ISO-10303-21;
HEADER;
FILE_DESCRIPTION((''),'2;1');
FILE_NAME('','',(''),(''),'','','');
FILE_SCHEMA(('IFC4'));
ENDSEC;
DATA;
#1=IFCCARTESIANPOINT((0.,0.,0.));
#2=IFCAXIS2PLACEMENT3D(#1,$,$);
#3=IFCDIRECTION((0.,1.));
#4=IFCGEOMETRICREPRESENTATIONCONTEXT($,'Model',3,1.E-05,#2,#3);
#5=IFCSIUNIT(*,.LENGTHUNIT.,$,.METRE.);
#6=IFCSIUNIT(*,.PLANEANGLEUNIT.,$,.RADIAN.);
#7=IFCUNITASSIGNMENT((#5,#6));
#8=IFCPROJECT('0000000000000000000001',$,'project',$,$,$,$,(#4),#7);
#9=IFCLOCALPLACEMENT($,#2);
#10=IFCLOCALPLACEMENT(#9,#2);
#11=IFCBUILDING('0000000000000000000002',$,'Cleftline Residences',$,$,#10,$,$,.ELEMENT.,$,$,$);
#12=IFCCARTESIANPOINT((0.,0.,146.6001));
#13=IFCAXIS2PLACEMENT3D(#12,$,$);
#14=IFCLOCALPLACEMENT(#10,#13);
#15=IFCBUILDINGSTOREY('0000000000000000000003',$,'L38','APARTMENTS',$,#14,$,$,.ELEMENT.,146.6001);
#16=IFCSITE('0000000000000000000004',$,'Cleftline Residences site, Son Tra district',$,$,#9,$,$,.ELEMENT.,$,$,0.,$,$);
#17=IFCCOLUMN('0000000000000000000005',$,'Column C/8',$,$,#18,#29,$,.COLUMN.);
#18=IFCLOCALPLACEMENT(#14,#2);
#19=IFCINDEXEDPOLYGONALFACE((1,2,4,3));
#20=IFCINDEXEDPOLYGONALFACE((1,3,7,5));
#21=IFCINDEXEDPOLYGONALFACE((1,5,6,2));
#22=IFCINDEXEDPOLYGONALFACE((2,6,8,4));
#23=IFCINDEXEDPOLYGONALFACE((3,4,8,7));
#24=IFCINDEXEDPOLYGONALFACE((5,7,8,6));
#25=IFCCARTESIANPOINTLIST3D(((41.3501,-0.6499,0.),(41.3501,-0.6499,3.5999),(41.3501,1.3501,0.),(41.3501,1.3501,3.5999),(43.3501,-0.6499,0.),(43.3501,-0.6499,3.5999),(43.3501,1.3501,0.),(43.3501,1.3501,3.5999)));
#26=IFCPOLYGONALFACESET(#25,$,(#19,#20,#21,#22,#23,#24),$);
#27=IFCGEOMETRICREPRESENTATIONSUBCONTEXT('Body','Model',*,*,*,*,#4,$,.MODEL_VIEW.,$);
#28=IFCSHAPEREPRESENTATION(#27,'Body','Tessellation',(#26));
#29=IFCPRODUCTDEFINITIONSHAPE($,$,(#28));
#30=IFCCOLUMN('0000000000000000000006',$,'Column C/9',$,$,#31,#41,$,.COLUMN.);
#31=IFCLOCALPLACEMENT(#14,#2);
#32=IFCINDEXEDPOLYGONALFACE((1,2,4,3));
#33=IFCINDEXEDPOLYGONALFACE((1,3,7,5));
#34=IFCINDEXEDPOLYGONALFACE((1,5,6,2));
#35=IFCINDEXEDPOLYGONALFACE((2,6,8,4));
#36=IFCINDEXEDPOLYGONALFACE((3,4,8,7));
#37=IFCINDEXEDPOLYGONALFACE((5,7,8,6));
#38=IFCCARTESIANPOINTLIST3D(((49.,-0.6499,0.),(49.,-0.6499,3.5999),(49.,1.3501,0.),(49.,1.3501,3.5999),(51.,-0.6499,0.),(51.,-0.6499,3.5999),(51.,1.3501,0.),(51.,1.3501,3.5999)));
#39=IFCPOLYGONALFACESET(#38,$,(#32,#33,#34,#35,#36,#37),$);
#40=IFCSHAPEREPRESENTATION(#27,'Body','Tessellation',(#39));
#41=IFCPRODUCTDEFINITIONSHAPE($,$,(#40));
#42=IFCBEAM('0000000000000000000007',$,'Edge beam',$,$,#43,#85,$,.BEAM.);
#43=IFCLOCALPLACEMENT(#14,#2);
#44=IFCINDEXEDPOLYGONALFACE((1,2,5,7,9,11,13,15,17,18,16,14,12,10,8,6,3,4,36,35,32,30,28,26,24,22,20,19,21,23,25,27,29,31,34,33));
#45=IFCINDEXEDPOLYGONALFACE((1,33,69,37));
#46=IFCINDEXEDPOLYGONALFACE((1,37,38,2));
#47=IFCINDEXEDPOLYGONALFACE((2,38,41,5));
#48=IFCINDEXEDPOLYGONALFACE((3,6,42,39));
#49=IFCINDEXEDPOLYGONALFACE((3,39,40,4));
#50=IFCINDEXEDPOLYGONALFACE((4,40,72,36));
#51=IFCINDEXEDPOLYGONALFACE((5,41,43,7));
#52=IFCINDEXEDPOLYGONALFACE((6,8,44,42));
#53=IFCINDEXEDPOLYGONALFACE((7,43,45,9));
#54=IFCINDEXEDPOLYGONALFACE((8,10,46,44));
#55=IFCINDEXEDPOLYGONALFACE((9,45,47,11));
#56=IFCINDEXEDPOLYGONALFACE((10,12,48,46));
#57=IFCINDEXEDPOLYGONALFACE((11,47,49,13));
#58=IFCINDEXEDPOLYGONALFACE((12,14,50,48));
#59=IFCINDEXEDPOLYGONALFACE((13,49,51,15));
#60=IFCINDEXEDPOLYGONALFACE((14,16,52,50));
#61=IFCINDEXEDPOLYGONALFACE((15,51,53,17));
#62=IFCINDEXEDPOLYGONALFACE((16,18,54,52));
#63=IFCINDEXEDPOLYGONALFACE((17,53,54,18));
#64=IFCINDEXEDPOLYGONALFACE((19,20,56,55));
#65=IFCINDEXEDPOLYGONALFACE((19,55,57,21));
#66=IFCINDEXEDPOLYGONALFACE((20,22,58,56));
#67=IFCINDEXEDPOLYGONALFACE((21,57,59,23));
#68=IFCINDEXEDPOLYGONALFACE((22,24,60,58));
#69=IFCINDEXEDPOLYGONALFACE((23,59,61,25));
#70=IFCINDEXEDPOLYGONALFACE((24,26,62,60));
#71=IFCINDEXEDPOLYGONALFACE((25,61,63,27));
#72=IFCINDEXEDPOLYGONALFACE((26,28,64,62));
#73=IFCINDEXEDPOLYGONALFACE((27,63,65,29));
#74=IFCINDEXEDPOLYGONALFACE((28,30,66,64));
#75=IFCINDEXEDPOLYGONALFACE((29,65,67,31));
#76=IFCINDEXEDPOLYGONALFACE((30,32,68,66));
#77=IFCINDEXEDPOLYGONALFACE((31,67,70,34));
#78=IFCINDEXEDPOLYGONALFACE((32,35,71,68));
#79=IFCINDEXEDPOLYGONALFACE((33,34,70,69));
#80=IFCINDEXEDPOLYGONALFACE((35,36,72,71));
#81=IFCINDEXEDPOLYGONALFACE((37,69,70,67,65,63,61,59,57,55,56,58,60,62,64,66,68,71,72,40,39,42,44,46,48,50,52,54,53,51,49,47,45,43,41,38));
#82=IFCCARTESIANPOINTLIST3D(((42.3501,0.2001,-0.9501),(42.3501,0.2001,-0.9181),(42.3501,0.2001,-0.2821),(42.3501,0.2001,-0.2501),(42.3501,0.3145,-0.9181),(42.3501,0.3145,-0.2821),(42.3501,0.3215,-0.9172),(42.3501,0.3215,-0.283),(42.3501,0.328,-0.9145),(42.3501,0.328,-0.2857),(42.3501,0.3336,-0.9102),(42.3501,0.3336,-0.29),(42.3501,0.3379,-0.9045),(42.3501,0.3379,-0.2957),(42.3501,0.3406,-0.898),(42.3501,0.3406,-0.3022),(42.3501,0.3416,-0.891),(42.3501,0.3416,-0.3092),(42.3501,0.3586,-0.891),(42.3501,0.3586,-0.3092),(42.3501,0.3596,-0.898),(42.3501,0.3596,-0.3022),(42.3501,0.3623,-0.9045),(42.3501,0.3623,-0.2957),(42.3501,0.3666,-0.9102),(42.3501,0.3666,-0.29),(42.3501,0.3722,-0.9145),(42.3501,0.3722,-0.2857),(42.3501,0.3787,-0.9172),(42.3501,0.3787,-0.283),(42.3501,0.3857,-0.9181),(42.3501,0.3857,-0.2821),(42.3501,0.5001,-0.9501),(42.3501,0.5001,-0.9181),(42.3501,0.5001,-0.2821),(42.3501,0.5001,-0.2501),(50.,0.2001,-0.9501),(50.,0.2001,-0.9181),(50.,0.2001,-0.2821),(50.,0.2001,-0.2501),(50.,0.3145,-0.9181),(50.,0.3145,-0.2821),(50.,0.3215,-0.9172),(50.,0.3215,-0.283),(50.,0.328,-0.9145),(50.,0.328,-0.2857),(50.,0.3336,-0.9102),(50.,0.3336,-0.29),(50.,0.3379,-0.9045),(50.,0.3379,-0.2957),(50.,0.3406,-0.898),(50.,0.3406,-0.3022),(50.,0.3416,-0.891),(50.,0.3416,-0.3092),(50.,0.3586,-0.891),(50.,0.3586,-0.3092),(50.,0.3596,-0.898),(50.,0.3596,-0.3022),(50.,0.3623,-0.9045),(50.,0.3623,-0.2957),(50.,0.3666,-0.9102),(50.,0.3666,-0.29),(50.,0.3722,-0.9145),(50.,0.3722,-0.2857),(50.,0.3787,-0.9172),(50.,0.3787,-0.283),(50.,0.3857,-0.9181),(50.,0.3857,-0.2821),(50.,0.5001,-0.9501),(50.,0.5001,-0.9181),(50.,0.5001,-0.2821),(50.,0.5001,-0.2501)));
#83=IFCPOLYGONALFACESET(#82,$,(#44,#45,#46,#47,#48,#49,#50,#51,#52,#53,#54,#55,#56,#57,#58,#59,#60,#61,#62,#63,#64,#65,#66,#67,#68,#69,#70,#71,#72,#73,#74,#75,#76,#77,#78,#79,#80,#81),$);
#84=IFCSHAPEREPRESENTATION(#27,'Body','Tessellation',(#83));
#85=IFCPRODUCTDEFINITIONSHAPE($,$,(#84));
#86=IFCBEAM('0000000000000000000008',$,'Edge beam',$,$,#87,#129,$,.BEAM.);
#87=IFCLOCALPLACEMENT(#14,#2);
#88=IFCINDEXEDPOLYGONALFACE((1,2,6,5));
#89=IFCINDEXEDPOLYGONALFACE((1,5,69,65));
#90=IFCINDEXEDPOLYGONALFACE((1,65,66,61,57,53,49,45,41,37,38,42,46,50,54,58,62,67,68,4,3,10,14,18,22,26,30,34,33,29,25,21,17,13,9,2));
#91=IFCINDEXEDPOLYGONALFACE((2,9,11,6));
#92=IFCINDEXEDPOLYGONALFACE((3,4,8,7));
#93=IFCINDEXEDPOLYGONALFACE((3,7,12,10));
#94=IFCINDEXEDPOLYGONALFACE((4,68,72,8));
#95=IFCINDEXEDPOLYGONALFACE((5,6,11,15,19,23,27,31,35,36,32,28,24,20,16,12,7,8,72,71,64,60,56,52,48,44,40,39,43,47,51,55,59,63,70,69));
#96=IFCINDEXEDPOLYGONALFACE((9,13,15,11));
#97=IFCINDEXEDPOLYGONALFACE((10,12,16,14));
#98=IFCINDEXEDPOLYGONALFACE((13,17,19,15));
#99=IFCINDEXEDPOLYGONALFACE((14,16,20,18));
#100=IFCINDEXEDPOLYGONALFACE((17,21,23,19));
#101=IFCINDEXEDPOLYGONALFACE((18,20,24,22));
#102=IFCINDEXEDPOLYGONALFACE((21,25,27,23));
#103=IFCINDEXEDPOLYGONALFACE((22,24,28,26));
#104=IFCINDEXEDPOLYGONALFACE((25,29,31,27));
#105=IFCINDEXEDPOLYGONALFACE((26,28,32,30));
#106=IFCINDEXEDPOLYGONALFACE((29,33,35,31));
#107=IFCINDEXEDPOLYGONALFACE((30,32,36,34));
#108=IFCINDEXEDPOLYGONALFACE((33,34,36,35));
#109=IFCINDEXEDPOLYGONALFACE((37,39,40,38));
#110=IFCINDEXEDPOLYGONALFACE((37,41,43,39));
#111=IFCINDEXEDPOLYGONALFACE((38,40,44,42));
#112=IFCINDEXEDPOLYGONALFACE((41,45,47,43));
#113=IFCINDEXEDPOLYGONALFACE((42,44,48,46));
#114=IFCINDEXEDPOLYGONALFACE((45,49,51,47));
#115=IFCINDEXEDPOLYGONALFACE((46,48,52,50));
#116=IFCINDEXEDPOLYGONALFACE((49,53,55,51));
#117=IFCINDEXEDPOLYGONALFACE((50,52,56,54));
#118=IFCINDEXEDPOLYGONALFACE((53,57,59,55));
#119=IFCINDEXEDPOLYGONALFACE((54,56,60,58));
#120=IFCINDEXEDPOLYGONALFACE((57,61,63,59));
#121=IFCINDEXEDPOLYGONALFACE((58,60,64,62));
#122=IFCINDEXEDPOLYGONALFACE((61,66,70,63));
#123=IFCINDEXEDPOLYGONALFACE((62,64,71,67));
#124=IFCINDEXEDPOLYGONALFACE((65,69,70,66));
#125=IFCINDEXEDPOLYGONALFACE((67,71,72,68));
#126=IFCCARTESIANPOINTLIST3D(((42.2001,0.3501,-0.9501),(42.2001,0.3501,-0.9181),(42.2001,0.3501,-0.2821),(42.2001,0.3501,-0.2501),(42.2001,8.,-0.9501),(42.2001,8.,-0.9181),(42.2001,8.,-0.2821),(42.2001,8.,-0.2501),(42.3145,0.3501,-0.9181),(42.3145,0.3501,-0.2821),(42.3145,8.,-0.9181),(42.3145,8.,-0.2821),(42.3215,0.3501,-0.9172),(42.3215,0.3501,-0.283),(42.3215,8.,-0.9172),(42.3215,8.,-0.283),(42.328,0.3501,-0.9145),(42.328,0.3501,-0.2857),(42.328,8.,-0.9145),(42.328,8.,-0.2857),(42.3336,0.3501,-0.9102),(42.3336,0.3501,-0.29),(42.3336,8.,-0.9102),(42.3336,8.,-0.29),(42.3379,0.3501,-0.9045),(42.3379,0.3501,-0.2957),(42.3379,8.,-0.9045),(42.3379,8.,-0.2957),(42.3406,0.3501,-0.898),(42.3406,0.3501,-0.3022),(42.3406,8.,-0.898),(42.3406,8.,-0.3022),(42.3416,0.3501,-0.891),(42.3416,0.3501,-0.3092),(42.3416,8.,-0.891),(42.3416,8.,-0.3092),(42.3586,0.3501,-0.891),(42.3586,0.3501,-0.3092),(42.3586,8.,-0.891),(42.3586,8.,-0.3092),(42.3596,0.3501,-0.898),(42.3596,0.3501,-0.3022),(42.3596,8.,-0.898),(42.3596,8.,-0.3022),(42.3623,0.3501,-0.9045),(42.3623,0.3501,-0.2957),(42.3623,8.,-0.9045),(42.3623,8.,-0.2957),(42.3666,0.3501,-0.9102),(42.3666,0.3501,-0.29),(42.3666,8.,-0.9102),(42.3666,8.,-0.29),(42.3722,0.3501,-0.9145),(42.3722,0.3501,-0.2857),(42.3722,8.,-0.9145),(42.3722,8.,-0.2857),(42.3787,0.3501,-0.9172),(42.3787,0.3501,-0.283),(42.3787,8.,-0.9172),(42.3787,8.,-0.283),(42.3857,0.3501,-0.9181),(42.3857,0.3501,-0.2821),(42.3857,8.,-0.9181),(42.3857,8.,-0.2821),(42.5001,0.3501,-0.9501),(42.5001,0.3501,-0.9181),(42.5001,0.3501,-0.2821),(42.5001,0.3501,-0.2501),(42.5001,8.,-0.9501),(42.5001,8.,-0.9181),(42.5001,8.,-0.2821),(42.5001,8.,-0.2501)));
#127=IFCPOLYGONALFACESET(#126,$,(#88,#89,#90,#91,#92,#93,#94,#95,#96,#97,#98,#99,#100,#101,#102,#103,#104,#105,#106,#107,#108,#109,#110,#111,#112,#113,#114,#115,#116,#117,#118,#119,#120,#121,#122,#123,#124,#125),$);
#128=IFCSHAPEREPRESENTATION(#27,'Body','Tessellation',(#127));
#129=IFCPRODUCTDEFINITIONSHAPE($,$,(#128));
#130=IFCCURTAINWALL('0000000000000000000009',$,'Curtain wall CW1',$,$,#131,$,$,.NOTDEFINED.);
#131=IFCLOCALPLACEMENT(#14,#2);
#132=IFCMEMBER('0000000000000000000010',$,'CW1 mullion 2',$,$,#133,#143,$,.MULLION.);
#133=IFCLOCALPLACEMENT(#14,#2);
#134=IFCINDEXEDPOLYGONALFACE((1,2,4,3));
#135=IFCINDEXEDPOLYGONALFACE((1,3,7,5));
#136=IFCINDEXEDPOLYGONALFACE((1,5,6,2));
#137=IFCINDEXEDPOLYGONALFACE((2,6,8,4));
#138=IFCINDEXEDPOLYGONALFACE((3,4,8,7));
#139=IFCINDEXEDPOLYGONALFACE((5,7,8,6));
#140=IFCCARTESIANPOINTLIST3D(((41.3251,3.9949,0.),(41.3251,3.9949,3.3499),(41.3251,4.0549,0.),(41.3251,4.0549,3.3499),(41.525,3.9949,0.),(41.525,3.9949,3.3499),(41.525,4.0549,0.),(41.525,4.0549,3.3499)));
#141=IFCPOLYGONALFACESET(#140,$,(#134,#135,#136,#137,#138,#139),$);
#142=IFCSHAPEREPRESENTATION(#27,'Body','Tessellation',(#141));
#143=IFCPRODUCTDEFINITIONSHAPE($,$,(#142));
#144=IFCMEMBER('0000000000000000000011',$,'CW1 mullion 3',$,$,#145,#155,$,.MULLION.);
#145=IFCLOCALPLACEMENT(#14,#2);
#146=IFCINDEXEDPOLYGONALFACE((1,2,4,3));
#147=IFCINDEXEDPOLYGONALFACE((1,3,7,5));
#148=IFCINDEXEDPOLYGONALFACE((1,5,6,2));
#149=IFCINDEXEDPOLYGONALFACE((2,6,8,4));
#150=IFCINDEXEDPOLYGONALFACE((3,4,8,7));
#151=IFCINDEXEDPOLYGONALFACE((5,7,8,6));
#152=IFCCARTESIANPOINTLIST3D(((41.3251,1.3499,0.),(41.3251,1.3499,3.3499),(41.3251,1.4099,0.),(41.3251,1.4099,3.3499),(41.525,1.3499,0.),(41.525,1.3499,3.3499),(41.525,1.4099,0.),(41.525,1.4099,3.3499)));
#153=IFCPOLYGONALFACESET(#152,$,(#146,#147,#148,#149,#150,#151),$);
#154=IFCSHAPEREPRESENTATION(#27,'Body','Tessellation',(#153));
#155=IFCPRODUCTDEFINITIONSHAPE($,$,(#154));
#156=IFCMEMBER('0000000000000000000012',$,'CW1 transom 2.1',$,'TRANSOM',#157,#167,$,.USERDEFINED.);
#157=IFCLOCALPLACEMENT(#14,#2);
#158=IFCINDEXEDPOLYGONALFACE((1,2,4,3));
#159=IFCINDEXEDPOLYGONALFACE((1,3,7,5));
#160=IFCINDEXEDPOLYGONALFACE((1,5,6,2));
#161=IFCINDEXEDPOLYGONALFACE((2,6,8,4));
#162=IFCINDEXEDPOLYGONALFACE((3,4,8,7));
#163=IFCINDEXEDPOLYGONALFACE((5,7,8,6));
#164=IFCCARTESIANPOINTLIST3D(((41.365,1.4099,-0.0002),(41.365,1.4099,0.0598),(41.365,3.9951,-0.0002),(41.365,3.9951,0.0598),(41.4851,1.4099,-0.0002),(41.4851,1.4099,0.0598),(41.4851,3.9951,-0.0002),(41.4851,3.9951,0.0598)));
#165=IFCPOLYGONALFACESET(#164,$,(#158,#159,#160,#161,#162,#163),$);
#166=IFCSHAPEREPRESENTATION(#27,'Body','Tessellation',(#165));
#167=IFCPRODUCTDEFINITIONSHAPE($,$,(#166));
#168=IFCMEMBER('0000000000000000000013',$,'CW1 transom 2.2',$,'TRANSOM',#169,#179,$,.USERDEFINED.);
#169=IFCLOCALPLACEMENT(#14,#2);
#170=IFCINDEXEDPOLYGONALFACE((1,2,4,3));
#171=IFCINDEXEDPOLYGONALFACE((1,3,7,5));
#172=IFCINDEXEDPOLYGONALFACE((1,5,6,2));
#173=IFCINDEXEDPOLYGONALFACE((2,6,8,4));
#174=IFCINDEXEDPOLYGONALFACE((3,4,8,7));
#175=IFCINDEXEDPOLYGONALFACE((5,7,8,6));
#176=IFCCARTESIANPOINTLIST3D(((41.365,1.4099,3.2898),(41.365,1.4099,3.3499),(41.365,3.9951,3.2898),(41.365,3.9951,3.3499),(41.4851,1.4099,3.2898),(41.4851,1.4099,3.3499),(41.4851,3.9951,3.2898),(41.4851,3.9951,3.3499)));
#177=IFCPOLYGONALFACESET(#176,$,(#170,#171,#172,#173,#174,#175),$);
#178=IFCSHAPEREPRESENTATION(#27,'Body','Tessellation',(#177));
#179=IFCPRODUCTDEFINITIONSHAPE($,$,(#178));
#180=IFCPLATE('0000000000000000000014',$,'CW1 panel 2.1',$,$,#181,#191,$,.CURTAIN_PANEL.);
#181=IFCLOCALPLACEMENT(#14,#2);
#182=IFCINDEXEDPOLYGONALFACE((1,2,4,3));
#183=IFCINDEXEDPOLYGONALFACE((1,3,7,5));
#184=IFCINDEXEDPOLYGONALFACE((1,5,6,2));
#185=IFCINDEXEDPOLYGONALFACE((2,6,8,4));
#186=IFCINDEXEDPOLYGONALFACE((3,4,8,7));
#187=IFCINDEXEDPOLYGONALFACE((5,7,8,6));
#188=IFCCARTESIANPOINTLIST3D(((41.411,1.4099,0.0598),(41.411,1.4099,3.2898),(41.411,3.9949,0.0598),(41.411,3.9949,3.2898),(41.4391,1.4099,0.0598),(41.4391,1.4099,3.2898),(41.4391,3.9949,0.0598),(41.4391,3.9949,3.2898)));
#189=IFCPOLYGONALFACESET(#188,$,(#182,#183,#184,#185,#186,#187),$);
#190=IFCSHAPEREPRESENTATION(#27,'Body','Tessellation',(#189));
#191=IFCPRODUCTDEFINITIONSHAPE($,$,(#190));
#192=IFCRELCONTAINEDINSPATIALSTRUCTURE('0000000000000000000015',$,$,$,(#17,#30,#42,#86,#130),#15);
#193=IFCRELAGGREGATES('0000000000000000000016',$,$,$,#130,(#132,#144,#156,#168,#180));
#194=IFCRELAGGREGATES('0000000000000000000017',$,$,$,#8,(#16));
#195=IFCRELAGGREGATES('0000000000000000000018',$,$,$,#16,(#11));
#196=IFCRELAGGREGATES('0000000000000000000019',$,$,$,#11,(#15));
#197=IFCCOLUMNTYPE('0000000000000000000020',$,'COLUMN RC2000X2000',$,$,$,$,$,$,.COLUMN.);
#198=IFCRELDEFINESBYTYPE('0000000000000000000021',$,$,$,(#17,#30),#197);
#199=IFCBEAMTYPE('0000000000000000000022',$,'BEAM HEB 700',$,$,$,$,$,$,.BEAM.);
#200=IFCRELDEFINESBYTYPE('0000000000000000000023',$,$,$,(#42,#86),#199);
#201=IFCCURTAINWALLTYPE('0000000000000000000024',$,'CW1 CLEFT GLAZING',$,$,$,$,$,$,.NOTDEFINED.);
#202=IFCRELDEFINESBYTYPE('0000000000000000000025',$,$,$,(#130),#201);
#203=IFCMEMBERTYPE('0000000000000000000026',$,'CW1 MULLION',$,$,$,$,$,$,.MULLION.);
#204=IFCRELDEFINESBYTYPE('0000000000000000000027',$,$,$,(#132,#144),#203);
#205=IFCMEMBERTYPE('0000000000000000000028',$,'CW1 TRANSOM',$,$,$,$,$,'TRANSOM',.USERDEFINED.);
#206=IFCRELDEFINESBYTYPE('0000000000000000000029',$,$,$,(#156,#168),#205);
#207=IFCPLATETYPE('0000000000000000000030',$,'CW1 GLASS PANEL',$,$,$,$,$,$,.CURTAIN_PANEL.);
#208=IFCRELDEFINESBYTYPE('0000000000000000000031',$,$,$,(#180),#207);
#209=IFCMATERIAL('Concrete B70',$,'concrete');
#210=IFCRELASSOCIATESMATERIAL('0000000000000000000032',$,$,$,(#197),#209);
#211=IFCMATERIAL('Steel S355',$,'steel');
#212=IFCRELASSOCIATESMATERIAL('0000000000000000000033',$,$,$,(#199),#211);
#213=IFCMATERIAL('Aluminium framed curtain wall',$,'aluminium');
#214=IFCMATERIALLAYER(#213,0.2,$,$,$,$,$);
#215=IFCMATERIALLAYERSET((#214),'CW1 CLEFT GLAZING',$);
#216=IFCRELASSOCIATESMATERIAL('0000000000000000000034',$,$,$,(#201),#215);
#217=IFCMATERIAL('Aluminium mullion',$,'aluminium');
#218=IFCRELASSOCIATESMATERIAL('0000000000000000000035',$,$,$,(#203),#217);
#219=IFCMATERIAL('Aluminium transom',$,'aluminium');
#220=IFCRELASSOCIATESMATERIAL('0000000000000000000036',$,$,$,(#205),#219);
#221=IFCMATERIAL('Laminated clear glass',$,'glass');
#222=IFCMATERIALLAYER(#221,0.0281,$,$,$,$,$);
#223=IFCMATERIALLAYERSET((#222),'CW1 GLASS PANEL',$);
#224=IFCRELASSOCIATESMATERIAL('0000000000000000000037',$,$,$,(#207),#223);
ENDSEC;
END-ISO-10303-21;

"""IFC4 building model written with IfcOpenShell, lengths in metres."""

from ifc_helpers import new_model, si_unit, direction, frame, origin, origin_2d, place, context, subcontext, project, spatial, rectangle, i_section, extrude, material, layer, layer_set, material_profile, profile_set, type_object, element, aggregate, save


model = new_model("IFC4")

# Units and contexts
model_context = context("Model", 3, precision=1e-05, world=origin(), true_north=direction((0.0, 1.0)))
body_context = subcontext(model_context, "Body", "Model", "MODEL_VIEW")
ifc_project = project(units=[si_unit("LENGTHUNIT", "METRE"), si_unit("PLANEANGLEUNIT", "RADIAN")], contexts=[model_context])

# Site, building, storey
site_placement = place(None, origin())
site = spatial("IfcSite", under=ifc_project, at=site_placement, Name="Cleftline Residences site, Son Tra district", CompositionType="ELEMENT", RefElevation=0.0)
building_placement = place(site_placement, origin())
building = spatial("IfcBuilding", under=site, at=building_placement, Name="Cleftline Residences", CompositionType="ELEMENT")
storey_placement = place(building_placement, frame((0.0, 0.0, 146.6001)))
storey = spatial("IfcBuildingStorey", under=building, at=storey_placement, Name="L38", Description="APARTMENTS", CompositionType="ELEMENT", Elevation=146.6001)

# Columns
ifc_material_1 = material(Name="Concrete B70", Category="concrete")
ifc_material_profile_1 = material_profile(ifc_material_1, rectangle(XDim=2.0, YDim=2.0, at=origin_2d()))
ifc_profile_set_1 = profile_set([ifc_material_profile_1], Name="Concrete B70")
column_type = type_object("IfcColumnType", Name="COLUMN RC2000X2000", PredefinedType="COLUMN", material=ifc_profile_set_1)
for number, where, z_axis, x_axis, name in (
    (1, (42.3501, 0.3501, 0.0), (0.0, 0.0, 1.0), (1.0, 0.0, 0.0), "Column C/8"),
    (2, (50.0, 0.3501, 0.0), (0.0, 0.0, 1.0), (1.0, 0.0, 0.0), "Column C/9"),
):
    element("IfcColumn", number, at=place(storey_placement, frame(where, z_axis=z_axis, x_axis=x_axis)), inside=storey, type_object=column_type, Name=name, PredefinedType="COLUMN", context=body_context, shape_type="SweptSolid", body=[
        extrude(rectangle(XDim=2.0, YDim=2.0, at=origin_2d()), origin(), (0.0, 0.0, 1.0), 3.5999),
    ])

# Beams
ifc_material_2 = material(Name="Steel S355", Category="steel")
ifc_material_profile_2 = material_profile(ifc_material_2, i_section(OverallWidth=0.3, OverallDepth=0.7, WebThickness=0.0171, FlangeThickness=0.032, FilletRadius=0.0271, at=origin_2d()))
ifc_profile_set_2 = profile_set([ifc_material_profile_2], Name="Steel S355")
beam_type = type_object("IfcBeamType", Name="BEAM HEB 700", PredefinedType="BEAM", material=ifc_profile_set_2)
for number, where, z_axis, x_axis, name in (
    (3, (50.0, 0.3501, -0.6001), (-1.0, 0.0, 0.0), (0.0, -1.0, 0.0), "Edge beam"),
    (4, (42.3501, 0.3501, -0.6001), (0.0, 1.0, 0.0), (-1.0, 0.0, 0.0), "Edge beam"),
):
    element("IfcBeam", number, at=place(storey_placement, frame(where, z_axis=z_axis, x_axis=x_axis)), inside=storey, type_object=beam_type, Name=name, PredefinedType="BEAM", context=body_context, shape_type="SweptSolid", body=[
        extrude(i_section(OverallWidth=0.3, OverallDepth=0.7, WebThickness=0.0171, FlangeThickness=0.032, FilletRadius=0.0271, at=origin_2d()), origin(), (0.0, 0.0, 1.0), 7.6499),
    ])

# Curtain wall, members, plate
ifc_material_3 = material(Name="Aluminium framed curtain wall", Category="aluminium")
ifc_layer_1 = layer(ifc_material_3, 0.2)
ifc_layer_set_1 = layer_set([ifc_layer_1], Name="CW1 CLEFT GLAZING")
curtain_wall_type = type_object("IfcCurtainWallType", Name="CW1 CLEFT GLAZING", PredefinedType="NOTDEFINED", material=ifc_layer_set_1)
curtain_wall_placement = place(storey_placement, origin())
curtain_wall = element("IfcCurtainWall", 5, at=curtain_wall_placement, inside=storey, type_object=curtain_wall_type, Name="Curtain wall CW1", PredefinedType="NOTDEFINED")
ifc_material_4 = material(Name="Aluminium mullion", Category="aluminium")
ifc_material_profile_3 = material_profile(ifc_material_4, rectangle(XDim=0.2, YDim=0.0601, at=origin_2d()))
ifc_profile_set_3 = profile_set([ifc_material_profile_3], Name="Aluminium mullion")
member_type_1 = type_object("IfcMemberType", Name="CW1 MULLION", PredefinedType="MULLION", material=ifc_profile_set_3)
member_1_placement = place(storey_placement, frame((41.425, 4.0249, 0.0), z_axis=(0.0, 0.0, 1.0), x_axis=(1.0, 0.0, 0.0)))
member_1 = element("IfcMember", 6, at=member_1_placement, type_object=member_type_1, Name="CW1 mullion 2", PredefinedType="MULLION", context=body_context, shape_type="SweptSolid", body=[
    extrude(rectangle(XDim=0.2, YDim=0.0601, at=origin_2d()), origin(), (0.0, 0.0, 1.0), 3.3499),
])
member_2_placement = place(storey_placement, frame((41.425, 1.3799, 0.0), z_axis=(0.0, 0.0, 1.0), x_axis=(1.0, 0.0, 0.0)))
member_2 = element("IfcMember", 7, at=member_2_placement, type_object=member_type_1, Name="CW1 mullion 3", PredefinedType="MULLION", context=body_context, shape_type="SweptSolid", body=[
    extrude(rectangle(XDim=0.2, YDim=0.0601, at=origin_2d()), origin(), (0.0, 0.0, 1.0), 3.3499),
])
ifc_material_5 = material(Name="Aluminium transom", Category="aluminium")
ifc_material_profile_4 = material_profile(ifc_material_5, rectangle(XDim=0.1201, YDim=0.0601, at=origin_2d()))
ifc_profile_set_4 = profile_set([ifc_material_profile_4], Name="Aluminium transom")
member_type_2 = type_object("IfcMemberType", Name="CW1 TRANSOM", ElementType="TRANSOM", PredefinedType="USERDEFINED", material=ifc_profile_set_4)
member_3_placement = place(storey_placement, frame((41.425, 3.9951, 0.0298), z_axis=(0.0, -1.0, 0.0), x_axis=(1.0, 0.0, 0.0)))
member_3 = element("IfcMember", 8, at=member_3_placement, type_object=member_type_2, Name="CW1 transom 2.1", ObjectType="TRANSOM", PredefinedType="USERDEFINED", context=body_context, shape_type="SweptSolid", body=[
    extrude(rectangle(XDim=0.1201, YDim=0.0601, at=origin_2d()), origin(), (0.0, 0.0, 1.0), 2.5852),
])
member_4_placement = place(storey_placement, frame((41.425, 3.9951, 3.3198), z_axis=(0.0, -1.0, 0.0), x_axis=(1.0, 0.0, 0.0)))
member_4 = element("IfcMember", 9, at=member_4_placement, type_object=member_type_2, Name="CW1 transom 2.2", ObjectType="TRANSOM", PredefinedType="USERDEFINED", context=body_context, shape_type="SweptSolid", body=[
    extrude(rectangle(XDim=0.1201, YDim=0.0601, at=origin_2d()), origin(), (0.0, 0.0, 1.0), 2.5852),
])
ifc_material_6 = material(Name="Laminated clear glass", Category="glass")
ifc_layer_2 = layer(ifc_material_6, 0.0281)
ifc_layer_set_2 = layer_set([ifc_layer_2], Name="CW1 GLASS PANEL")
plate_type = type_object("IfcPlateType", Name="CW1 GLASS PANEL", PredefinedType="CURTAIN_PANEL", material=ifc_layer_set_2)
plate_placement = place(storey_placement, frame((41.425, 2.7024, 0.0598), z_axis=(0.0, 0.0, 1.0), x_axis=(0.0, -1.0, 0.0)))
plate = element("IfcPlate", 10, at=plate_placement, type_object=plate_type, Name="CW1 panel 2.1", PredefinedType="CURTAIN_PANEL", context=body_context, shape_type="SweptSolid", body=[
    extrude(rectangle(XDim=2.585, YDim=0.0281, at=origin_2d()), origin(), (0.0, 0.0, 1.0), 3.23),
])
aggregate(curtain_wall, [member_1, member_2, member_3, member_4, plate])

save(model, "model.ifc")
